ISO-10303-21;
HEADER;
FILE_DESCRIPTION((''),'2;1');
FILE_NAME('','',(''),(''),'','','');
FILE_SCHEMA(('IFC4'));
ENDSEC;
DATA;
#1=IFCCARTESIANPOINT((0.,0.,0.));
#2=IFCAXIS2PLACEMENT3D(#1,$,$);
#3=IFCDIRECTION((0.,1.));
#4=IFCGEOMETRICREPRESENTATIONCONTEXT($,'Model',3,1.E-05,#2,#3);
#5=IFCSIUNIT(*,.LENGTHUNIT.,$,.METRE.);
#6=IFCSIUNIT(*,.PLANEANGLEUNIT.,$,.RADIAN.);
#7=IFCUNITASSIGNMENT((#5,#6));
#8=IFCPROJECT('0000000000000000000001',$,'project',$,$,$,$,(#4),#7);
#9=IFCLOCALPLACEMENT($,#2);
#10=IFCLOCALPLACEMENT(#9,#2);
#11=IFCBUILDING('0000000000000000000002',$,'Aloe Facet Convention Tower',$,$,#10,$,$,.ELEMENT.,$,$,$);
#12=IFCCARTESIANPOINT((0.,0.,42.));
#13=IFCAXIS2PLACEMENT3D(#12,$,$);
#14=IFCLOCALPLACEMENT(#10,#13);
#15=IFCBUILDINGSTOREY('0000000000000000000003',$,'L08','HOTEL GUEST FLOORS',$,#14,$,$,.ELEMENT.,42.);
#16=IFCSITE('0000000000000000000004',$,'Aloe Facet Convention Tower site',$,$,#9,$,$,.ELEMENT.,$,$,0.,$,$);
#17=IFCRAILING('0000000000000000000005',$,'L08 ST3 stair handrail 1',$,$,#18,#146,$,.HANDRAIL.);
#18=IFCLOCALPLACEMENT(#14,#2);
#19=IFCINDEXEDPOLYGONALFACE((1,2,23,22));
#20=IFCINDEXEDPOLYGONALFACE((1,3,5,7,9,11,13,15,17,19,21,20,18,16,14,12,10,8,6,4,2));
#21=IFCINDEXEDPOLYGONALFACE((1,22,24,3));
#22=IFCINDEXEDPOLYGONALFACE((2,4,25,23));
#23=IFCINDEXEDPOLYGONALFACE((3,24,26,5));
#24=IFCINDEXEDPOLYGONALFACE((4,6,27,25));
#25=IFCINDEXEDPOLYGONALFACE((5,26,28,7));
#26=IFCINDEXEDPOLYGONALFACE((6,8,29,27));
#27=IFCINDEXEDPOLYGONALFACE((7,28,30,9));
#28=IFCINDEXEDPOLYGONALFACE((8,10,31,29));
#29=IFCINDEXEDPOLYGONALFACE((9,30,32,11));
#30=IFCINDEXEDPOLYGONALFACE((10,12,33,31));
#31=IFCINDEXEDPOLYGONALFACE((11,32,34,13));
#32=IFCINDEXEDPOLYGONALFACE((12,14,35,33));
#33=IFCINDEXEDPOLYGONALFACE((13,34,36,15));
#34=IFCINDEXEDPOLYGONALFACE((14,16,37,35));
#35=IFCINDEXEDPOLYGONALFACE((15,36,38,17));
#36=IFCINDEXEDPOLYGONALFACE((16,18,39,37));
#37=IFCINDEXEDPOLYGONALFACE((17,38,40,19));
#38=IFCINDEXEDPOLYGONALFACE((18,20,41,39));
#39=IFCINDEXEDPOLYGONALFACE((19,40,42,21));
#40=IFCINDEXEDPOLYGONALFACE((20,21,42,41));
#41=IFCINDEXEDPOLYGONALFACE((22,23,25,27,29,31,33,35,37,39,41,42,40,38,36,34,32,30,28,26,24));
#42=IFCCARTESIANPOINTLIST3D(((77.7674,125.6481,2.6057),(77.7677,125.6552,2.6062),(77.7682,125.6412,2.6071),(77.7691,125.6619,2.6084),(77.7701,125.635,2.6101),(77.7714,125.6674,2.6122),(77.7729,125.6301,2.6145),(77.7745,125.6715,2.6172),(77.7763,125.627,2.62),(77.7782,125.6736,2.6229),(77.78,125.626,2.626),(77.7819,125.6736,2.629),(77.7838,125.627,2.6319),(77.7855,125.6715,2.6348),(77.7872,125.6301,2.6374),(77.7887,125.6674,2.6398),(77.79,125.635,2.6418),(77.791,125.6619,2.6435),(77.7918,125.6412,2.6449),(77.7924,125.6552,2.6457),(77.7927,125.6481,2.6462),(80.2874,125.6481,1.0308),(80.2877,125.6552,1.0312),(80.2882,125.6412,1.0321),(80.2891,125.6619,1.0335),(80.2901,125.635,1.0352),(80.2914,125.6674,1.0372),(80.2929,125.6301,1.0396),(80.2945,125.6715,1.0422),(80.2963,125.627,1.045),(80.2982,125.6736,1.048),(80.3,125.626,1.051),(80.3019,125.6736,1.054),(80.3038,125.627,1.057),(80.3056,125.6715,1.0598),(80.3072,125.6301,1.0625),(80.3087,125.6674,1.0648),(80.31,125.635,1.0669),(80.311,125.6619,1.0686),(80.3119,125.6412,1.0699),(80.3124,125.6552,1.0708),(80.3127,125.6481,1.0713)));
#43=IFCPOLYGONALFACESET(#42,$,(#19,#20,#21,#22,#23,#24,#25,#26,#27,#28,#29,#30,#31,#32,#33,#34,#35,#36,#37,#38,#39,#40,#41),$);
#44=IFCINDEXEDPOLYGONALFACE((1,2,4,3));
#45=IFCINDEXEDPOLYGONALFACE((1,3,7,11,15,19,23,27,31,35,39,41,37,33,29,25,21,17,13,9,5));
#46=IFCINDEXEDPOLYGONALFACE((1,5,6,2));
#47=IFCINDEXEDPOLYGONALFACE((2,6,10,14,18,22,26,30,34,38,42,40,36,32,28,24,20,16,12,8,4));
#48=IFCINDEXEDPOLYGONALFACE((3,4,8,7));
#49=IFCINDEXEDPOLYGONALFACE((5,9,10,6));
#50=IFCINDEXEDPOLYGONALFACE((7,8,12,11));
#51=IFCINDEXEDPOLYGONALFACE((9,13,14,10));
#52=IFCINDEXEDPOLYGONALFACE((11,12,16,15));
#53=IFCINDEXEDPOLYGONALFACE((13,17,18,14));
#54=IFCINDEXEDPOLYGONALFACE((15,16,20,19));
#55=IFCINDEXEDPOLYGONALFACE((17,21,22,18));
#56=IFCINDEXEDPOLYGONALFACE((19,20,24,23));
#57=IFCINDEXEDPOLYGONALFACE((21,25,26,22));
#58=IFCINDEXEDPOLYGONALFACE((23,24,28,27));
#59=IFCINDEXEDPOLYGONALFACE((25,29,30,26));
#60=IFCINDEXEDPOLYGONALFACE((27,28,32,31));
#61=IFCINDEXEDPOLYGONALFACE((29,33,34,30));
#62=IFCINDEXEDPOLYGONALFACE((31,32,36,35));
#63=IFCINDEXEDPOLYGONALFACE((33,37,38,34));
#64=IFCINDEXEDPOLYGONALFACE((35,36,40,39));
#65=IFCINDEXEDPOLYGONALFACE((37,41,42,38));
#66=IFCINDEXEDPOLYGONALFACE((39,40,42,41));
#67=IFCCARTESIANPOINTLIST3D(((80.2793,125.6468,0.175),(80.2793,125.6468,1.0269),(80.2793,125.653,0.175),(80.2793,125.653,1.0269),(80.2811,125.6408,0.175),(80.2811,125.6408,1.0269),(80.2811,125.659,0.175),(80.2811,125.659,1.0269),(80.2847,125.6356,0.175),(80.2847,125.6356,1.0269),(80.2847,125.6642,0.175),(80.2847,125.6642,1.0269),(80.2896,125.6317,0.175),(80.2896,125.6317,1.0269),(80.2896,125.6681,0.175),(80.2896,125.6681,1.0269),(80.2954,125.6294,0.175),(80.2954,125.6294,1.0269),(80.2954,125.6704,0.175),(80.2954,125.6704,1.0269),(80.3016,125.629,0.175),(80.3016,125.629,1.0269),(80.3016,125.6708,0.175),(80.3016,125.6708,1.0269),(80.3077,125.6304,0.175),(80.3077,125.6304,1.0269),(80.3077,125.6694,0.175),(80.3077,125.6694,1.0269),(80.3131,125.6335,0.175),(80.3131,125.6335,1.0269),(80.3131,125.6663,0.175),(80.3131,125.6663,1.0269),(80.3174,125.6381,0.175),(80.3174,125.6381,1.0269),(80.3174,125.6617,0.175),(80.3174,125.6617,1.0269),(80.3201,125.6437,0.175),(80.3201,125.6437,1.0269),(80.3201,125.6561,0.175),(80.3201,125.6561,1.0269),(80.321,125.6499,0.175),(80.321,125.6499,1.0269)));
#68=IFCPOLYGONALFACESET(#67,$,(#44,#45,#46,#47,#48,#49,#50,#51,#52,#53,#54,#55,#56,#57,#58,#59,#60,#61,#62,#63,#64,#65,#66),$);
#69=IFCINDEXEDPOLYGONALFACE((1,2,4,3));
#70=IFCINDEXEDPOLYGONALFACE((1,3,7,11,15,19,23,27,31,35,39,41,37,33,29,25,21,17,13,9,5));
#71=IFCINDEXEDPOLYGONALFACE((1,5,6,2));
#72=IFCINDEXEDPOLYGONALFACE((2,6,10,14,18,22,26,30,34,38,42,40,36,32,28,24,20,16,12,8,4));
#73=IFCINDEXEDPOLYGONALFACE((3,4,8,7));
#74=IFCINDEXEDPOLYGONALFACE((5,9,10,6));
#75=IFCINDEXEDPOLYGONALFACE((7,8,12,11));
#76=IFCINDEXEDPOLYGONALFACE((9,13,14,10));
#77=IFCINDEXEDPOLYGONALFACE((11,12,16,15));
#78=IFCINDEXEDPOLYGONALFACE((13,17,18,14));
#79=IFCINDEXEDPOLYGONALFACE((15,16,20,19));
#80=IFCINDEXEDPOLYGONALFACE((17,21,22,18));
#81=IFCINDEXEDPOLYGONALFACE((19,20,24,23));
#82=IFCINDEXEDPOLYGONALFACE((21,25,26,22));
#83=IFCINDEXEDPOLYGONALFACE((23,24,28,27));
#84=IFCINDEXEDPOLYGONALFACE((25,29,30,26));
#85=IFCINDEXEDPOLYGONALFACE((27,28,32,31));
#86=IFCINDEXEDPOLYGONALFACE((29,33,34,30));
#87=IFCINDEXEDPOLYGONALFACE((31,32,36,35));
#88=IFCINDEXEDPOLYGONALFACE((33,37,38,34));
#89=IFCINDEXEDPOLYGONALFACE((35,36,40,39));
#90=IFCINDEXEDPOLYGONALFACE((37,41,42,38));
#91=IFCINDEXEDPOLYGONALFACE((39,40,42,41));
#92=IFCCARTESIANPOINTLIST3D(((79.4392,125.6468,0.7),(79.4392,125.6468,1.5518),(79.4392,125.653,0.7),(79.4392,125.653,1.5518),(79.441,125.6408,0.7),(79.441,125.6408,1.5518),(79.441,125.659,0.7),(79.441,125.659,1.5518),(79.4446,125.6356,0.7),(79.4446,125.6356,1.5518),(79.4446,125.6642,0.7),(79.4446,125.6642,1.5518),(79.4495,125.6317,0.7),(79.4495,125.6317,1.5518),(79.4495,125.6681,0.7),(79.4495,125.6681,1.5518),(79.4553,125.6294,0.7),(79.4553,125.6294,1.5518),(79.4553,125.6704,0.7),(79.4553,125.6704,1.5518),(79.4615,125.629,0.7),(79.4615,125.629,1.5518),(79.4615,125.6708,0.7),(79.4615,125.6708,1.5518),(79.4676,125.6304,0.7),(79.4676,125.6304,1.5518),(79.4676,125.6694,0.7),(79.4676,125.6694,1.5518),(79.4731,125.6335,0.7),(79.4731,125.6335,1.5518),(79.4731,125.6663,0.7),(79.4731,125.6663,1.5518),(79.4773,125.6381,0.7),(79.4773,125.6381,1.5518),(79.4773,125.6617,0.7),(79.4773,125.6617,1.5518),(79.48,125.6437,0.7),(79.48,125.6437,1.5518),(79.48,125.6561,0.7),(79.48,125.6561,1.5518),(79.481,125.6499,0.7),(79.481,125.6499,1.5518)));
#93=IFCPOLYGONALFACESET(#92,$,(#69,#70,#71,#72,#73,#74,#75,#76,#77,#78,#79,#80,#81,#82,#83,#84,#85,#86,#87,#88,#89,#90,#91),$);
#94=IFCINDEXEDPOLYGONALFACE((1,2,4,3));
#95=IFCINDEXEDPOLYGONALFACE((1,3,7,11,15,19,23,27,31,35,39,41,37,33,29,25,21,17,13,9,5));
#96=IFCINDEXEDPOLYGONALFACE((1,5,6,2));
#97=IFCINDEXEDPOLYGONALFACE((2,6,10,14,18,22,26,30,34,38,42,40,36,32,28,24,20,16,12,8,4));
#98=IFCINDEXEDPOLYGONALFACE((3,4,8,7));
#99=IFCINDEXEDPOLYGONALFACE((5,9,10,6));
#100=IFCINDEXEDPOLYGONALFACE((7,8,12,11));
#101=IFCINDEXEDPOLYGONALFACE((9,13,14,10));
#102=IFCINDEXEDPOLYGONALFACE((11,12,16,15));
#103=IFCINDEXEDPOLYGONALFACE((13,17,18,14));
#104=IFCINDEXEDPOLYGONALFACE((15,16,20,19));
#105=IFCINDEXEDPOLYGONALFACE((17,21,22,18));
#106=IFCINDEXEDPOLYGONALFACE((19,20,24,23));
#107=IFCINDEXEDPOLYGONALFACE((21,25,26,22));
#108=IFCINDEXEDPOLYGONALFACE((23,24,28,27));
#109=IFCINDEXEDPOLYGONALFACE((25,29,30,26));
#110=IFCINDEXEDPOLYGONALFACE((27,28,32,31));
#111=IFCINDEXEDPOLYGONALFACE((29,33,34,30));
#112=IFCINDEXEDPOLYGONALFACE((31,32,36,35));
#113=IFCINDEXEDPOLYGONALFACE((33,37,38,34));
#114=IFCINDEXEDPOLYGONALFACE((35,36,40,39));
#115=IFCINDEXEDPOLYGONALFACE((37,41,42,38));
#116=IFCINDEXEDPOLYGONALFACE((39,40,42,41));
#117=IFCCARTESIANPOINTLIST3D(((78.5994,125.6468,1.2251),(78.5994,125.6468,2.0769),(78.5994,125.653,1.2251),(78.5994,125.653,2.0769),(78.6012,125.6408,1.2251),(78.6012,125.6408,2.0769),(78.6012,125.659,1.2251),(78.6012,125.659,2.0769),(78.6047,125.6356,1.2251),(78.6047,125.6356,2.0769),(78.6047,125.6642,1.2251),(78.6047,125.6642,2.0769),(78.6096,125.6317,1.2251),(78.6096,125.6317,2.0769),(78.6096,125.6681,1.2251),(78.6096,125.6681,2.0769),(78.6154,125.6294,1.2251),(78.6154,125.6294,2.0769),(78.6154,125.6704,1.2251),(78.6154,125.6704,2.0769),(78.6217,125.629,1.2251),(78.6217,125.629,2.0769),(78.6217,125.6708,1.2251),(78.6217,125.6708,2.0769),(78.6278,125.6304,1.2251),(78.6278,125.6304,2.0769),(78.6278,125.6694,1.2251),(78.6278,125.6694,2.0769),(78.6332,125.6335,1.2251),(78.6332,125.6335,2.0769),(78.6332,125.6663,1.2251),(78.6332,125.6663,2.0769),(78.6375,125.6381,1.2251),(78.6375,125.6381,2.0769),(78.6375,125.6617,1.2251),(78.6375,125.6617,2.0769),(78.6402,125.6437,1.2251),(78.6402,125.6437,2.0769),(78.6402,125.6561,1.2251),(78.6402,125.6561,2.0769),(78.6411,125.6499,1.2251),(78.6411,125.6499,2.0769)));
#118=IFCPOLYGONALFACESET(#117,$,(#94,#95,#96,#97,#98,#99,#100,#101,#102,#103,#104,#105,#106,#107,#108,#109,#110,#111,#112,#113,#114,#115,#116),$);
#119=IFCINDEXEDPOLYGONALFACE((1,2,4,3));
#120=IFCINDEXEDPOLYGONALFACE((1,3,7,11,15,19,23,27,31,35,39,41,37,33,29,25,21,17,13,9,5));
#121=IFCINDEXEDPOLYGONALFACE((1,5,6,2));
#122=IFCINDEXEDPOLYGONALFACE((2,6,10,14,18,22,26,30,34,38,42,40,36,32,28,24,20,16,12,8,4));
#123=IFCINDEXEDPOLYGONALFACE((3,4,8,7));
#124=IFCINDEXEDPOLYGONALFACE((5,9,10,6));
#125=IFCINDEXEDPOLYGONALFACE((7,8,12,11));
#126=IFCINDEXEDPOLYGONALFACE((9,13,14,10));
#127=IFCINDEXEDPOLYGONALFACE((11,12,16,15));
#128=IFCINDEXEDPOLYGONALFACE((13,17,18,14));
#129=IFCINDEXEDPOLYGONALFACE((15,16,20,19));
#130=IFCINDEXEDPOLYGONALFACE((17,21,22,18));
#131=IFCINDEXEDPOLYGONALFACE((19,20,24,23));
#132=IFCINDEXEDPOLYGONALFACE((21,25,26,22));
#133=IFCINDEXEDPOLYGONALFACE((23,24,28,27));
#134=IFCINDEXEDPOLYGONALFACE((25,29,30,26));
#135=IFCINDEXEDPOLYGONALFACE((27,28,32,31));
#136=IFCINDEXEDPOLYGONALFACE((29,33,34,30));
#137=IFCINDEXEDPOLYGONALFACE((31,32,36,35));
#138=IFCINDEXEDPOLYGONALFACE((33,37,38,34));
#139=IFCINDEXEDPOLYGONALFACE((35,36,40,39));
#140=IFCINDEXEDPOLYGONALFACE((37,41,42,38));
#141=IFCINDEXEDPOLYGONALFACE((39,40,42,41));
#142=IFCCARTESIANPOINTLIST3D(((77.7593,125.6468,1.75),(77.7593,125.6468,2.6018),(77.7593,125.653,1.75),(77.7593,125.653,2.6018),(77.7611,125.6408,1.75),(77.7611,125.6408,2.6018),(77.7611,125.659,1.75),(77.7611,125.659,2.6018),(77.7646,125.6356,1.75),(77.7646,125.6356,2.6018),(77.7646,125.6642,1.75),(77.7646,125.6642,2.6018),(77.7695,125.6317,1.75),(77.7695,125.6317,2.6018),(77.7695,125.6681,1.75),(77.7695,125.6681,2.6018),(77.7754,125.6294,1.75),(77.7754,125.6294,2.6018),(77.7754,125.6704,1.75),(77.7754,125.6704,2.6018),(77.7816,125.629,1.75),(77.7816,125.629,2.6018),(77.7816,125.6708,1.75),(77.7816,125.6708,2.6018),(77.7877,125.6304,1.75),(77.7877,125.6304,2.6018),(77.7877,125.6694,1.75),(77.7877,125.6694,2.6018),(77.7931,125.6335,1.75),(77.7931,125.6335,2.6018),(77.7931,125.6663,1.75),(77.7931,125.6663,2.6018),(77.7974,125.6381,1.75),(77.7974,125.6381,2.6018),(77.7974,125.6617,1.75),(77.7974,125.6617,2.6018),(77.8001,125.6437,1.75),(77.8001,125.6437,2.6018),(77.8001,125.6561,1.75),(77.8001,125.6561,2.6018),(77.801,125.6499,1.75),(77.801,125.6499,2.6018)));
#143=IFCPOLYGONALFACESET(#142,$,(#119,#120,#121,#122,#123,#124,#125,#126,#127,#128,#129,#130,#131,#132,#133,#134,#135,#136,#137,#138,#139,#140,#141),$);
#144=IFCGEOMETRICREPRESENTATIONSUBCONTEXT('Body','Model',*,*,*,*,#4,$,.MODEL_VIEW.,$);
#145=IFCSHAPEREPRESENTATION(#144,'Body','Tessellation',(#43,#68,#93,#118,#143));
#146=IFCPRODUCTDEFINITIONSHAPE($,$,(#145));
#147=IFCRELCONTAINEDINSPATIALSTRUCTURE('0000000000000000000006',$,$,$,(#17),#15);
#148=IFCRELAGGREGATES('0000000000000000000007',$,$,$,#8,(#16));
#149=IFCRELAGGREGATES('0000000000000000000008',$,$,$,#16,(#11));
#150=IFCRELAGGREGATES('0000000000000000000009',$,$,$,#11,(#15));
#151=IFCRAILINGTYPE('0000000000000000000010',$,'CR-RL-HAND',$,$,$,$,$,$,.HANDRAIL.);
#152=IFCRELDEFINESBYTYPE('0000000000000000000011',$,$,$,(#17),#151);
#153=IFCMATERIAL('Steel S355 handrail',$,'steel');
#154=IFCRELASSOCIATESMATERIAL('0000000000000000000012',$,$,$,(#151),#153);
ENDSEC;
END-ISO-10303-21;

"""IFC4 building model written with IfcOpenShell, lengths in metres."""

from ifc_helpers import new_model, si_unit, direction, frame, origin, origin_2d, place, context, subcontext, project, spatial, circle, extrude, material, type_object, element, save


model = new_model("IFC4")

# Units and contexts
model_context = context("Model", 3, precision=1e-05, world=origin(), true_north=direction((0.0, 1.0)))
body_context = subcontext(model_context, "Body", "Model", "MODEL_VIEW")
ifc_project = project(units=[si_unit("LENGTHUNIT", "METRE"), si_unit("PLANEANGLEUNIT", "RADIAN")], contexts=[model_context])

# Site, building, storey
site_placement = place(None, origin())
site = spatial("IfcSite", under=ifc_project, at=site_placement, Name="Aloe Facet Convention Tower site", CompositionType="ELEMENT", RefElevation=0.0)
building_placement = place(site_placement, origin())
building = spatial("IfcBuilding", under=site, at=building_placement, Name="Aloe Facet Convention Tower", CompositionType="ELEMENT")
storey_placement = place(building_placement, frame((0.0, 0.0, 42.0)))
storey = spatial("IfcBuildingStorey", under=building, at=storey_placement, Name="L08", Description="HOTEL GUEST FLOORS", CompositionType="ELEMENT", Elevation=42.0)

# Railing
ifc_material_1 = material(Name="Steel S355 handrail", Category="steel")
railing_type_1 = type_object("IfcRailingType", Name="CR-RL-HAND", PredefinedType="HANDRAIL", material=ifc_material_1)
railing_1_placement = place(storey_placement, frame((80.3, 125.6499, 0.175)))
element("IfcRailing", 1, at=railing_1_placement, inside=storey, type_object=railing_type_1, Name="L08 ST3 stair handrail 1", PredefinedType="HANDRAIL", context=body_context, shape_type="SweptSolid", body=[
    extrude(circle(Radius=0.0239, at=origin_2d()), frame((0.0, 0.0, 0.876), z_axis=(-0.848008, 0.0, 0.529984), x_axis=(0.0, -1.0, 0.0)), (0.0, 0.0, 1.0), 2.9717),
    extrude(circle(Radius=0.021, at=origin_2d()), origin(), (0.0, 0.0, 1.0), 0.8518),
    extrude(circle(Radius=0.021, at=origin_2d()), frame((-0.8401, 0.0, 0.5249)), (0.0, 0.0, 1.0), 0.8518),
    extrude(circle(Radius=0.021, at=origin_2d()), frame((-1.6799, 0.0, 1.05)), (0.0, 0.0, 1.0), 0.8518),
    extrude(circle(Radius=0.021, at=origin_2d()), frame((-2.52, 0.0, 1.575)), (0.0, 0.0, 1.0), 0.8518),
])

save(model, "model.ifc")
